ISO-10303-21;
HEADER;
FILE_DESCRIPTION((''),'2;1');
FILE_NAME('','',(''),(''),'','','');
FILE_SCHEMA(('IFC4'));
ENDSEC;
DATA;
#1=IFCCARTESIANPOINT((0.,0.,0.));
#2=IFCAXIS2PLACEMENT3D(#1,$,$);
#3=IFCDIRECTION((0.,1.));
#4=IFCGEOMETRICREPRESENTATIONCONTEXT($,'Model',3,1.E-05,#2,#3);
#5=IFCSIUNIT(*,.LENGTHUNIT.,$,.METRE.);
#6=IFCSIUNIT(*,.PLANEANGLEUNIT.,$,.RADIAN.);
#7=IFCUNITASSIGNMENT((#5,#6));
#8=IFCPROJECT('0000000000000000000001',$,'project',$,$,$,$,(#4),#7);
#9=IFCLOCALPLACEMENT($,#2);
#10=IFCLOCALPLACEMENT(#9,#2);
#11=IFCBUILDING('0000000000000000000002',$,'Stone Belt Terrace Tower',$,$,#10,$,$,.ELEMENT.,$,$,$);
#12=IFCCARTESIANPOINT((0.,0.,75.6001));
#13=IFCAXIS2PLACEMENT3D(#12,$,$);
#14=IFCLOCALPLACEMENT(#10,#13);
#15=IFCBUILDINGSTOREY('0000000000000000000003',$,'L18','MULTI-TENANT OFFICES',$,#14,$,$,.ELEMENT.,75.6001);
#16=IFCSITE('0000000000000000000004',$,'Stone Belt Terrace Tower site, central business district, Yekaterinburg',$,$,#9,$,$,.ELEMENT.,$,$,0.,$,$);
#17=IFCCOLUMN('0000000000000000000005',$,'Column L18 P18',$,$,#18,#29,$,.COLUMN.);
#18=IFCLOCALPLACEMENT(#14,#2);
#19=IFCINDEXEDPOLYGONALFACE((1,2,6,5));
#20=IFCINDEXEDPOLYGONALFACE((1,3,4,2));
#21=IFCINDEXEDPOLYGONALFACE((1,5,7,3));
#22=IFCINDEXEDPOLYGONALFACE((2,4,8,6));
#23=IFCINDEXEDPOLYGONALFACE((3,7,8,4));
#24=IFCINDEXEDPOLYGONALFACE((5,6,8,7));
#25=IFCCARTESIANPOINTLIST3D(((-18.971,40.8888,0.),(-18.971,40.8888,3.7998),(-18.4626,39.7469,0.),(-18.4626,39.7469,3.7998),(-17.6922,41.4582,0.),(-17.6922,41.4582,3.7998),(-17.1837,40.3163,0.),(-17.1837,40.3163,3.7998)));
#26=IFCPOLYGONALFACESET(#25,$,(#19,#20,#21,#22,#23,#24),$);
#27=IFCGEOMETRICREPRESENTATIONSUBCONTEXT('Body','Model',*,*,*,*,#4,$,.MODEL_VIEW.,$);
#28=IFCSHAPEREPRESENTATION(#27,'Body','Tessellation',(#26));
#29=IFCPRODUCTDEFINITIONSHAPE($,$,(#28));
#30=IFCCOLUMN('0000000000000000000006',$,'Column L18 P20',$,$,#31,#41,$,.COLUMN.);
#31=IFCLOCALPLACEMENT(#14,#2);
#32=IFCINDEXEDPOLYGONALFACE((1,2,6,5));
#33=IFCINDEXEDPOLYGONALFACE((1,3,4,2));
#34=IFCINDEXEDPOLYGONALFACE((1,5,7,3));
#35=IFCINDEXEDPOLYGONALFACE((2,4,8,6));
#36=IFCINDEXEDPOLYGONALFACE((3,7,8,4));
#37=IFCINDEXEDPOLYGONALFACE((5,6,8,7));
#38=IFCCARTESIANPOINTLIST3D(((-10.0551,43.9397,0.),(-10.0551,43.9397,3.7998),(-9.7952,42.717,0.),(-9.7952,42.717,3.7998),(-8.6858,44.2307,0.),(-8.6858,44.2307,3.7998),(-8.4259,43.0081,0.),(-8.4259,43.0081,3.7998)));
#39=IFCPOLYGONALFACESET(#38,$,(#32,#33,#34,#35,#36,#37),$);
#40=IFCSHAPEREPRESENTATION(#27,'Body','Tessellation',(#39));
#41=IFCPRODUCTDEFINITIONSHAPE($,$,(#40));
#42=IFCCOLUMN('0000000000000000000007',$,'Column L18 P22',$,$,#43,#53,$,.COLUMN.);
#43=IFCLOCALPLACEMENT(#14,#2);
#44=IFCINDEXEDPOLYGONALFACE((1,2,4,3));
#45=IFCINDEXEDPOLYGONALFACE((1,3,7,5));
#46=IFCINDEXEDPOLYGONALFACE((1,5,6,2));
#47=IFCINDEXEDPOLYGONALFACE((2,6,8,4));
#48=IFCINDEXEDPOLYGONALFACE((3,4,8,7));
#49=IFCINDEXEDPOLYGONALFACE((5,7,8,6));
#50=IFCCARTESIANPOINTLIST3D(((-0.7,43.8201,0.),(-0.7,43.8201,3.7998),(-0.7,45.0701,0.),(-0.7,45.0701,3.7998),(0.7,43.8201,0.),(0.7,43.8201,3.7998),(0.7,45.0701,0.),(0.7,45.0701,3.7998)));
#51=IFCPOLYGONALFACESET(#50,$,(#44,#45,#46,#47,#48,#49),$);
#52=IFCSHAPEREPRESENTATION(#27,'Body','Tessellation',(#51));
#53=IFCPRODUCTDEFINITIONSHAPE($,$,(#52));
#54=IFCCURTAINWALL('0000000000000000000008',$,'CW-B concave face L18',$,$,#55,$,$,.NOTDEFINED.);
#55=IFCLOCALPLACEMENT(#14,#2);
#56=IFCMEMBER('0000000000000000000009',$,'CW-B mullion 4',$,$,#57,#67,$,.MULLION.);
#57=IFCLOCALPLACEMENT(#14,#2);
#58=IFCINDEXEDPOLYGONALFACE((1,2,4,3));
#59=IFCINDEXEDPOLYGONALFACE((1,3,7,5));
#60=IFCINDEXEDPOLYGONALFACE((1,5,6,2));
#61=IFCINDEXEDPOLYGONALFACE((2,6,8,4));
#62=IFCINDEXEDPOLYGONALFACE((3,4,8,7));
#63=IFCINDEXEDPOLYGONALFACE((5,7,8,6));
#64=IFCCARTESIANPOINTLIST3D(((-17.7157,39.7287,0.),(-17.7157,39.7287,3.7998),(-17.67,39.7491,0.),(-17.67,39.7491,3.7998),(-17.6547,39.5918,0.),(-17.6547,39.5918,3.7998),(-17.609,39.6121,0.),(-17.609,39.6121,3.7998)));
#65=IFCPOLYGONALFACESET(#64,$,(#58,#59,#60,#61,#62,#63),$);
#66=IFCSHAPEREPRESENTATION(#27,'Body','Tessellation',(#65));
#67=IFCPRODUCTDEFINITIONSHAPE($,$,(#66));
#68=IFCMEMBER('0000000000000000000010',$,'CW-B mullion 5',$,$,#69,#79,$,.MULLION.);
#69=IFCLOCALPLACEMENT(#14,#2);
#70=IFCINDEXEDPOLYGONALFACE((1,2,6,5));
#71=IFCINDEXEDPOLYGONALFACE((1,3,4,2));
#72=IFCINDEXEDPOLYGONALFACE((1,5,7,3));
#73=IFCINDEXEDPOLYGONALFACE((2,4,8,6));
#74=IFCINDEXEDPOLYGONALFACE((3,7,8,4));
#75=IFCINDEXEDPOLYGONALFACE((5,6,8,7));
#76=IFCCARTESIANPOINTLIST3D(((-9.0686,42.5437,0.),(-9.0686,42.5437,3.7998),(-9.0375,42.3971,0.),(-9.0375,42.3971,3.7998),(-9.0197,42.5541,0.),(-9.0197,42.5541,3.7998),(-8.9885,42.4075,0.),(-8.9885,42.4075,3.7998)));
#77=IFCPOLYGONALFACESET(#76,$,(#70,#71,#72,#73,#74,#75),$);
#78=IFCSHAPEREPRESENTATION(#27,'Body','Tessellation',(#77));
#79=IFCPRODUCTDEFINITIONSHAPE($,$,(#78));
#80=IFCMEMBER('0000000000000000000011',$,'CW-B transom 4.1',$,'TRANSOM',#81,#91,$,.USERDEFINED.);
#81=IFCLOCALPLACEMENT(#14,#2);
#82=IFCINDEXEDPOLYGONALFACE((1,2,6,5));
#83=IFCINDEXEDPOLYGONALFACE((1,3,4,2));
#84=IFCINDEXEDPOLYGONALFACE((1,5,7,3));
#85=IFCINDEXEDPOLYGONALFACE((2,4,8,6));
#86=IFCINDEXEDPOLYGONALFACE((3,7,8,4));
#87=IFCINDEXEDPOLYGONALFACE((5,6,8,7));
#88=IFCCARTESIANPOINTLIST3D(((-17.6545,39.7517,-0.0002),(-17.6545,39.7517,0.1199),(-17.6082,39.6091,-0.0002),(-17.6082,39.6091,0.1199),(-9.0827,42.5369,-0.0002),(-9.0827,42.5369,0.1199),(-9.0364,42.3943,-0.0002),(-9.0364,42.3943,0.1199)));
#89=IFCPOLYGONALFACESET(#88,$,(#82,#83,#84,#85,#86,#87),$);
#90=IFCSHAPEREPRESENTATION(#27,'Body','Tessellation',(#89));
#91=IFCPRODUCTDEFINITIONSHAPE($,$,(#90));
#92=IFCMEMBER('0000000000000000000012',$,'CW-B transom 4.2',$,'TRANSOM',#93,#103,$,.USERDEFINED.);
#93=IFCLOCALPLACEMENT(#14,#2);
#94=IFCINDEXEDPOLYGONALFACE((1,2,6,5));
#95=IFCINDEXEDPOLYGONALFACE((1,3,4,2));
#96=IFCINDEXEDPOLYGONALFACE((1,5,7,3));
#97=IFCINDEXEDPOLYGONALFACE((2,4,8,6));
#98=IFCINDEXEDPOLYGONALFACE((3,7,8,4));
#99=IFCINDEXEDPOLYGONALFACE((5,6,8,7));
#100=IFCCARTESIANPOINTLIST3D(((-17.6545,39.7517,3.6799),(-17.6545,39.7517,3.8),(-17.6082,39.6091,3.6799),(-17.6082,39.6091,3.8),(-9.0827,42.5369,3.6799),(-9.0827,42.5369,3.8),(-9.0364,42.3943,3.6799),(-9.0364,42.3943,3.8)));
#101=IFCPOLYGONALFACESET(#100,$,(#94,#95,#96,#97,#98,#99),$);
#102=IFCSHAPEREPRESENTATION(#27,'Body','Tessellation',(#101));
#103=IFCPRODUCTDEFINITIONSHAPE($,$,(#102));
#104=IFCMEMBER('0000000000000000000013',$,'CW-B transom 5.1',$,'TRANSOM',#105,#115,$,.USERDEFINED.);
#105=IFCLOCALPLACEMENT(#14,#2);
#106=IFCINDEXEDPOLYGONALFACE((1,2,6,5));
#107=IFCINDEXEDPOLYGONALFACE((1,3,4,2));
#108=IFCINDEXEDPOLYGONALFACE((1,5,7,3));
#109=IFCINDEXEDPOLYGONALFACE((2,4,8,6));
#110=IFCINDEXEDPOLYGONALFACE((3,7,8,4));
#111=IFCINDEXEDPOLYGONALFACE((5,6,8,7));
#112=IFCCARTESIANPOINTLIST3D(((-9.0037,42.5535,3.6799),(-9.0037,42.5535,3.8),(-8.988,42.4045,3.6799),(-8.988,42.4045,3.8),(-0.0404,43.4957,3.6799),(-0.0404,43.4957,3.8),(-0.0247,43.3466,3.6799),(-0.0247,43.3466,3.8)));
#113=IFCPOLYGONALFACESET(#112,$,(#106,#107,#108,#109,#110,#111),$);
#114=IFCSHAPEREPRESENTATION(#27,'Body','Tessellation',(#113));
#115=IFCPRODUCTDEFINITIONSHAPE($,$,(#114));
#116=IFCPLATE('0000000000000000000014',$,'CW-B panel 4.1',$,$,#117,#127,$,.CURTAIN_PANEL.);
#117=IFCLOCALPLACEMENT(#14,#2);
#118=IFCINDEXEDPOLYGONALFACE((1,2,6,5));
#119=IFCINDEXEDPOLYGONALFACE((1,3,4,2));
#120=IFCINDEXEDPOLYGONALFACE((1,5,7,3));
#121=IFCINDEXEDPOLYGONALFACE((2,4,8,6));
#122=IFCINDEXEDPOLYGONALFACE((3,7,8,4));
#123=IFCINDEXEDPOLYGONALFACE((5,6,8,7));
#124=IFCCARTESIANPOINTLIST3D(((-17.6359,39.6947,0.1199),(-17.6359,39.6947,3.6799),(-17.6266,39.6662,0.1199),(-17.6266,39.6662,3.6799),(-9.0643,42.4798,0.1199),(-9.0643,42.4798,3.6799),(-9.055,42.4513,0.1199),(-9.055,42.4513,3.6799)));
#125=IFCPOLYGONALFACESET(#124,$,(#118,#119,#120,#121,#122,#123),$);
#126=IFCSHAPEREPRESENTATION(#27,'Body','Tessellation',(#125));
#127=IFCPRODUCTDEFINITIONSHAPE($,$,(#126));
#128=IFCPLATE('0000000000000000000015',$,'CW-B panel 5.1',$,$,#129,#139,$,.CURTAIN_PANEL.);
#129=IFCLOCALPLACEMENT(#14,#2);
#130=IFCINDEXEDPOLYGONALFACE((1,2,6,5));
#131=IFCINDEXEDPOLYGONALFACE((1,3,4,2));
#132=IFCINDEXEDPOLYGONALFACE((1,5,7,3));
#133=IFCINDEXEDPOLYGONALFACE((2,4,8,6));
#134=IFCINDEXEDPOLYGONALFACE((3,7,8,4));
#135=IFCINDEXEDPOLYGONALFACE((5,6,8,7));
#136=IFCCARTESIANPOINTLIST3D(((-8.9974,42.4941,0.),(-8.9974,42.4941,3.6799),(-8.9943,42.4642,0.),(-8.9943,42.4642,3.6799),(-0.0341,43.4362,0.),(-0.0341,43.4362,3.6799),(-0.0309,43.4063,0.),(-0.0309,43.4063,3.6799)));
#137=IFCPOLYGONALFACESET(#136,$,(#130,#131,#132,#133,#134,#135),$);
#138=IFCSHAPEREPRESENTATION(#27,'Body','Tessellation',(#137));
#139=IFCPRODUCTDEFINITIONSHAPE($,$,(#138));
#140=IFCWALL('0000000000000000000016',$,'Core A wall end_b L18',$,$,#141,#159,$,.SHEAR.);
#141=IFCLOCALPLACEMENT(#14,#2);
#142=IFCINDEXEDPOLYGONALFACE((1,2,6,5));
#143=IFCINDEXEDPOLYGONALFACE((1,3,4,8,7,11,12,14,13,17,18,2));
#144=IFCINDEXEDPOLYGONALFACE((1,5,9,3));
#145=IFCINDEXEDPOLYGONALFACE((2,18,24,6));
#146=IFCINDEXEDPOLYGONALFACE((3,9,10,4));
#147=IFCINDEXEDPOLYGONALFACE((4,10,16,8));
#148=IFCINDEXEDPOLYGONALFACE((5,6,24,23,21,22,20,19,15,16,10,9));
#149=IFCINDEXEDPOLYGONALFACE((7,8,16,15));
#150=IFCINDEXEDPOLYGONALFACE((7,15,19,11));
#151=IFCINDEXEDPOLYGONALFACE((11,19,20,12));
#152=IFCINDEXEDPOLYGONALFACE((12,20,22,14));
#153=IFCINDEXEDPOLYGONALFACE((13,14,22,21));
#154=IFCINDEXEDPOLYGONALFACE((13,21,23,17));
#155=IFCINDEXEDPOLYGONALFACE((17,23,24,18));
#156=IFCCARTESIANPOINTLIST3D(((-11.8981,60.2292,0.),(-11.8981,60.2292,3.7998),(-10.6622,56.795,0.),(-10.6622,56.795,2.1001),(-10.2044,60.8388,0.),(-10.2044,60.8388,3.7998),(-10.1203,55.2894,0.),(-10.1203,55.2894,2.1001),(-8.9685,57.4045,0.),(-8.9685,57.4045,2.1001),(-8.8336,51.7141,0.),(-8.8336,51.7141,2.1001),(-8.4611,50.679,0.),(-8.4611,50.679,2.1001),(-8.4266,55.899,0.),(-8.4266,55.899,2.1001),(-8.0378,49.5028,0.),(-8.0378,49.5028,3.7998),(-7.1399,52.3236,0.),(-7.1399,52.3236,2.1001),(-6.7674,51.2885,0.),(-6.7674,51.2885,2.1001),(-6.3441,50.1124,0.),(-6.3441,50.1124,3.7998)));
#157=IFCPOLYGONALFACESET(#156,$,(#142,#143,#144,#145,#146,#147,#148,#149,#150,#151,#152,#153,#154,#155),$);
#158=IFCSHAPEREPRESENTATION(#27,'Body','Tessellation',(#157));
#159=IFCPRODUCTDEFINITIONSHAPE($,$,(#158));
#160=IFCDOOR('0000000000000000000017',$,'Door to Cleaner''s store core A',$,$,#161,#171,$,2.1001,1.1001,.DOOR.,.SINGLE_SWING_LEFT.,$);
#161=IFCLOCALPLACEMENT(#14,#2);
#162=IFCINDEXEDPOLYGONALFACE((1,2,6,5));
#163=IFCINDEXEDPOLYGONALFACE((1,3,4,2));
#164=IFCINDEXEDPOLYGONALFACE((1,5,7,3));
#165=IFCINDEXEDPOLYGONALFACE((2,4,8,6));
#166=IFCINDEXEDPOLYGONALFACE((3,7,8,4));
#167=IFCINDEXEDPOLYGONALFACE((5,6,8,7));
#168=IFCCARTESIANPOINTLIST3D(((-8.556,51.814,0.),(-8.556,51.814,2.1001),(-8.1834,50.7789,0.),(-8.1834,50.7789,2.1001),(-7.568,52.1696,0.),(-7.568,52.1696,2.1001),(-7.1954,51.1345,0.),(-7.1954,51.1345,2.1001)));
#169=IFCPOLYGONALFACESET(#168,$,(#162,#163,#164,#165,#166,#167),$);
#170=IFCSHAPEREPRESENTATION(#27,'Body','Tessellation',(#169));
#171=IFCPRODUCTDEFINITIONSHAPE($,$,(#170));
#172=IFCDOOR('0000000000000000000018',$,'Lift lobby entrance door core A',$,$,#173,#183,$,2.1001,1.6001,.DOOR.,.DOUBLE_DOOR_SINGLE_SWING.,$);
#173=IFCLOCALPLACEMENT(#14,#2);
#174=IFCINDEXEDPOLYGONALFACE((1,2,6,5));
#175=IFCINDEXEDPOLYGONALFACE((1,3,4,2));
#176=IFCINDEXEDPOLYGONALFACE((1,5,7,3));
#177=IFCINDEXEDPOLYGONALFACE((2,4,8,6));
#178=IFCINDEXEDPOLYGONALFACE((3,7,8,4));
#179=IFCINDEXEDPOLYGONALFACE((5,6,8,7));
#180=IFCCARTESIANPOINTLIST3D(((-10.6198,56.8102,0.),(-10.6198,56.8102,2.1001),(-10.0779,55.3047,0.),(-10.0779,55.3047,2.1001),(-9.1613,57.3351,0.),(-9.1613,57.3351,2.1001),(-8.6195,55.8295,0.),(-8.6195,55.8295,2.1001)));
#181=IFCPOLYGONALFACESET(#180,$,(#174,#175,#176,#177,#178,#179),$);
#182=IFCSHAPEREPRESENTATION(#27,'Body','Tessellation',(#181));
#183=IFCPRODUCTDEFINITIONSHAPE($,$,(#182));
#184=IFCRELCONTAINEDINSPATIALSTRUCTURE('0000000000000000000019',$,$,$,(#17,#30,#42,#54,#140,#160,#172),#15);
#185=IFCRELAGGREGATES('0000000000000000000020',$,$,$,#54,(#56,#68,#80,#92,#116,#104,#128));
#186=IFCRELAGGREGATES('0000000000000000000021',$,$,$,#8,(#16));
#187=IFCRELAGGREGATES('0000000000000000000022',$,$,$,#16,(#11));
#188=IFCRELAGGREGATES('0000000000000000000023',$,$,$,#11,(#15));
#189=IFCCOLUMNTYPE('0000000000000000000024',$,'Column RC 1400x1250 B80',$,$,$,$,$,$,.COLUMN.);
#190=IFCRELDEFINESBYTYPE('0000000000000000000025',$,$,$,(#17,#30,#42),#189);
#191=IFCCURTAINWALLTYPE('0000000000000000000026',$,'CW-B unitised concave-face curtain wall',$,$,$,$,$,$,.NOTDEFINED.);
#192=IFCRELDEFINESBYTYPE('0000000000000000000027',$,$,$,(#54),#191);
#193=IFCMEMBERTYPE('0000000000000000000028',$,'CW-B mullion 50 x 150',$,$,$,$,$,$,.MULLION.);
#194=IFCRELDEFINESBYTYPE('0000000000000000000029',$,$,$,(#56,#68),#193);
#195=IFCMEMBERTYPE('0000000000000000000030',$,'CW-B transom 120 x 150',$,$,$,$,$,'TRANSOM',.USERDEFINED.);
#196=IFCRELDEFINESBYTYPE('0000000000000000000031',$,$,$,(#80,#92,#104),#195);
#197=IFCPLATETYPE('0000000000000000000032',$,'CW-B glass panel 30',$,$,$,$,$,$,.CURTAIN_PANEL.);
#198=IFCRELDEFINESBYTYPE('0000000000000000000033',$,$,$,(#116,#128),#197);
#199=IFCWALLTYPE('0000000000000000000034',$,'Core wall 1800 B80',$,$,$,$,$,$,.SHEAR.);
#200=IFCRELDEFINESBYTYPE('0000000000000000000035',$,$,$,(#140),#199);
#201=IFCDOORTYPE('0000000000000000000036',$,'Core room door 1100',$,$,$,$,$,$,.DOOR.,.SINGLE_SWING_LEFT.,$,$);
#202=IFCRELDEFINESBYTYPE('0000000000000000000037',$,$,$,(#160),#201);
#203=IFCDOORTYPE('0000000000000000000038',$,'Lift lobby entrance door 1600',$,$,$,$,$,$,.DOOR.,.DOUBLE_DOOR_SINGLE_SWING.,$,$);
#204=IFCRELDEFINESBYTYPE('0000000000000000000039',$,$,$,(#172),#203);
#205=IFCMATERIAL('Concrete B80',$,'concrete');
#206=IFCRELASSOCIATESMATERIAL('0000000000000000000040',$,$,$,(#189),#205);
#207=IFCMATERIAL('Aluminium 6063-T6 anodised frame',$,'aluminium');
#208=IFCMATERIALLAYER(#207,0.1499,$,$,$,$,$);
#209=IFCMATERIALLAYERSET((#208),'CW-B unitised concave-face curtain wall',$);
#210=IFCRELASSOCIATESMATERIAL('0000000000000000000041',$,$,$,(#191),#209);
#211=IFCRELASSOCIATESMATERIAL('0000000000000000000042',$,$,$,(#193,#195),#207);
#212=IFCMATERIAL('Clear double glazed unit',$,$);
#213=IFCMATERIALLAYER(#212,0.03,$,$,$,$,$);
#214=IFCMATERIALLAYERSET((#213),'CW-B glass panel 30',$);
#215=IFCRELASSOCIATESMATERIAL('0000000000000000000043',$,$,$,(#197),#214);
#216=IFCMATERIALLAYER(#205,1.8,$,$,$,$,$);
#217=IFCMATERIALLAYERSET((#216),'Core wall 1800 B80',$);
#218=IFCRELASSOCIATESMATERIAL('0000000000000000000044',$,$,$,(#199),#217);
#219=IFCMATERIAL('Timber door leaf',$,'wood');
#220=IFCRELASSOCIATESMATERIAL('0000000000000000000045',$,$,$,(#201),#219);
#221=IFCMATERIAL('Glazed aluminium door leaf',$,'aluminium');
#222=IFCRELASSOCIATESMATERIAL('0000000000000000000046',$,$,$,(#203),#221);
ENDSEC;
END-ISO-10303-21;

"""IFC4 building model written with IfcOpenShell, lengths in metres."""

from ifc_helpers import new_model, si_unit, direction, frame, frame_2d, origin, origin_2d, place, context, subcontext, project, spatial, rectangle, extrude, material, layer, layer_set, material_profile, profile_set, type_object, element, fill, aggregate, save


model = new_model("IFC4")

# Units and contexts
model_context = context("Model", 3, precision=1e-05, world=origin(), true_north=direction((0.0, 1.0)))
body_context = subcontext(model_context, "Body", "Model", "MODEL_VIEW")
ifc_project = project(units=[si_unit("LENGTHUNIT", "METRE"), si_unit("PLANEANGLEUNIT", "RADIAN")], contexts=[model_context])

# Site, building, storey
site_placement = place(None, origin())
site = spatial("IfcSite", under=ifc_project, at=site_placement, Name="Stone Belt Terrace Tower site, central business district, Yekaterinburg", CompositionType="ELEMENT", RefElevation=0.0)
building_placement = place(site_placement, origin())
building = spatial("IfcBuilding", under=site, at=building_placement, Name="Stone Belt Terrace Tower", CompositionType="ELEMENT")
storey_placement = place(building_placement, frame((0.0, 0.0, 75.6001)))
storey = spatial("IfcBuildingStorey", under=building, at=storey_placement, Name="L18", Description="MULTI-TENANT OFFICES", CompositionType="ELEMENT", Elevation=75.6001)

# Columns
ifc_material_1 = material(Name="Concrete B80", Category="concrete")
ifc_material_profile_1 = material_profile(ifc_material_1, rectangle(XDim=1.3999, YDim=1.25, at=origin_2d()), Name="RC 1400x1250")
ifc_profile_set_1 = profile_set([ifc_material_profile_1], Name="Concrete B80")
column_type = type_object("IfcColumnType", Name="Column RC 1400x1250 B80", PredefinedType="COLUMN", material=ifc_profile_set_1)
for number, where, z_axis, x_axis, name in (
    (1, (-18.0774, 40.6025, 0.0), (0.0, 0.0, 1.0), (0.913545, 0.406737, 0.0), "Column L18 P18"),
    (2, (-9.2405, 43.4739, 0.0), (0.0, 0.0, 1.0), (0.978148, 0.207912, 0.0), "Column L18 P20"),
    (3, (0.0, 44.4451, 0.0), (0.0, 0.0, 1.0), (1.0, 0.0, 0.0), "Column L18 P22"),
):
    element("IfcColumn", number, at=place(storey_placement, frame(where, z_axis=z_axis, x_axis=x_axis)), inside=storey, type_object=column_type, Name=name, PredefinedType="COLUMN", context=body_context, shape_type="SweptSolid", body=[
        extrude(rectangle(XDim=1.3999, YDim=1.25, at=origin_2d()), origin(), (0.0, 0.0, 1.0), 3.7998),
    ])

# Curtain wall, members, plates
ifc_material_2 = material(Name="Aluminium 6063-T6 anodised frame", Category="aluminium")
ifc_layer_1 = layer(ifc_material_2, 0.1499)
ifc_layer_set_1 = layer_set([ifc_layer_1], Name="CW-B unitised concave-face curtain wall")
curtain_wall_type = type_object("IfcCurtainWallType", Name="CW-B unitised concave-face curtain wall", PredefinedType="NOTDEFINED", material=ifc_layer_set_1)
curtain_wall_placement = place(storey_placement, origin())
curtain_wall = element("IfcCurtainWall", 4, at=curtain_wall_placement, inside=storey, type_object=curtain_wall_type, Name="CW-B concave face L18", PredefinedType="NOTDEFINED")
ifc_material_profile_2 = material_profile(ifc_material_2, rectangle(XDim=0.1499, YDim=0.05, at=origin_2d()), Name="Aluminium 6063-T6 50x150")
ifc_profile_set_2 = profile_set([ifc_material_profile_2], Name="Aluminium 6063-T6 anodised frame")
member_type_1 = type_object("IfcMemberType", Name="CW-B mullion 50 x 150", PredefinedType="MULLION", material=ifc_profile_set_2)
member_1_placement = place(storey_placement, frame((-17.6624, 39.6704, 0.0), z_axis=(0.0, 0.0, 1.0), x_axis=(-0.406737, 0.913545, 0.0)))
member_1 = element("IfcMember", 5, at=member_1_placement, type_object=member_type_1, Name="CW-B mullion 4", PredefinedType="MULLION", context=body_context, shape_type="SweptSolid", body=[
    extrude(rectangle(XDim=0.1499, YDim=0.05, at=origin_2d()), origin(), (0.0, 0.0, 1.0), 3.7998),
])
member_2_placement = place(storey_placement, frame((-9.0286, 42.4756, 0.0), z_axis=(0.0, 0.0, 1.0), x_axis=(-0.207912, 0.978148, 0.0)))
member_2 = element("IfcMember", 6, at=member_2_placement, type_object=member_type_1, Name="CW-B mullion 5", PredefinedType="MULLION", context=body_context, shape_type="SweptSolid", body=[
    extrude(rectangle(XDim=0.1499, YDim=0.05, at=origin_2d()), origin(), (0.0, 0.0, 1.0), 3.7998),
])
ifc_material_profile_3 = material_profile(ifc_material_2, rectangle(XDim=0.1499, YDim=0.1201, at=origin_2d()), Name="Aluminium 6063-T6 150x120")
ifc_profile_set_3 = profile_set([ifc_material_profile_3], Name="Aluminium 6063-T6 anodised frame")
member_type_2 = type_object("IfcMemberType", Name="CW-B transom 120 x 150", ElementType="TRANSOM", PredefinedType="USERDEFINED", material=ifc_profile_set_3)
member_3_placement = place(storey_placement, frame((-17.6313, 39.6804, 0.0598), z_axis=(0.951056, 0.309019, 0.0), x_axis=(-0.309019, 0.951056, 0.0)))
member_3 = element("IfcMember", 7, at=member_3_placement, type_object=member_type_2, Name="CW-B transom 4.1", ObjectType="TRANSOM", PredefinedType="USERDEFINED", context=body_context, shape_type="SweptSolid", body=[
    extrude(rectangle(XDim=0.1499, YDim=0.1201, at=origin_2d()), origin(), (0.0, 0.0, 1.0), 9.0129),
])
member_4_placement = place(storey_placement, frame((-17.6313, 39.6804, 3.74), z_axis=(0.951056, 0.309019, 0.0), x_axis=(-0.309019, 0.951056, 0.0)))
member_4 = element("IfcMember", 8, at=member_4_placement, type_object=member_type_2, Name="CW-B transom 4.2", ObjectType="TRANSOM", PredefinedType="USERDEFINED", context=body_context, shape_type="SweptSolid", body=[
    extrude(rectangle(XDim=0.1499, YDim=0.1201, at=origin_2d()), origin(), (0.0, 0.0, 1.0), 9.0129),
])
member_5_placement = place(storey_placement, frame((-8.9958, 42.479, 3.74), z_axis=(0.994521, 0.104534, 0.0), x_axis=(-0.104534, 0.994521, 0.0)))
member_5 = element("IfcMember", 9, at=member_5_placement, type_object=member_type_2, Name="CW-B transom 5.1", ObjectType="TRANSOM", PredefinedType="USERDEFINED", context=body_context, shape_type="SweptSolid", body=[
    extrude(rectangle(XDim=0.1499, YDim=0.1201, at=origin_2d()), origin(), (0.0, 0.0, 1.0), 9.0127),
])
ifc_material_3 = material(Name="Clear double glazed unit")
ifc_layer_2 = layer(ifc_material_3, 0.03)
ifc_layer_set_2 = layer_set([ifc_layer_2], Name="CW-B glass panel 30")
plate_type = type_object("IfcPlateType", Name="CW-B glass panel 30", PredefinedType="CURTAIN_PANEL", material=ifc_layer_set_2)
plate_1_placement = place(storey_placement, frame((-13.3455, 41.073, 0.1199), z_axis=(0.0, 0.0, 1.0), x_axis=(0.951057, 0.309017, 0.0)))
plate_1 = element("IfcPlate", 10, at=plate_1_placement, type_object=plate_type, Name="CW-B panel 4.1", PredefinedType="CURTAIN_PANEL", context=body_context, shape_type="SweptSolid", body=[
    extrude(rectangle(XDim=9.0127, YDim=0.03, at=origin_2d()), origin(), (0.0, 0.0, 1.0), 3.5601),
])
plate_2_placement = place(storey_placement, frame((-4.5142, 42.9502, 0.0), z_axis=(0.0, 0.0, 1.0), x_axis=(0.994522, 0.104528, 0.0)))
plate_2 = element("IfcPlate", 11, at=plate_2_placement, type_object=plate_type, Name="CW-B panel 5.1", PredefinedType="CURTAIN_PANEL", context=body_context, shape_type="SweptSolid", body=[
    extrude(rectangle(XDim=9.0127, YDim=0.03, at=origin_2d()), origin(), (0.0, 0.0, 1.0), 3.6799),
])
aggregate(curtain_wall, [member_1, member_2, member_3, member_4, plate_1, member_5, plate_2])

# Wall, openings, doors
ifc_layer_3 = layer(ifc_material_1, 1.8)
ifc_layer_set_3 = layer_set([ifc_layer_3], Name="Core wall 1800 B80")
wall_type_1 = type_object("IfcWallType", Name="Core wall 1800 B80", PredefinedType="SHEAR", material=ifc_layer_set_3)
wall_1_placement = place(storey_placement, frame((-7.1909, 49.8076, 0.0), z_axis=(0.0, 0.0, 1.0), x_axis=(-0.338632, 0.940919, 0.0)))
wall_1 = element("IfcWall", 12, at=wall_1_placement, inside=storey, type_object=wall_type_1, Name="Core A wall end_b L18", PredefinedType="SHEAR", context=body_context, shape_type="SweptSolid", body=[
    extrude(rectangle(XDim=11.3999, YDim=1.8, at=frame_2d((5.7, 0.0))), origin(), (0.0, 0.0, 1.0), 3.7998),
])
opening_1_placement = place(wall_1_placement, frame((6.1499, 0.0, 0.0)))
opening_1 = element("IfcOpeningElement", 13, at=opening_1_placement, cuts=wall_1, PredefinedType="OPENING", context=body_context, shape_type="SweptSolid", body=[
    extrude(rectangle(XDim=1.6001, YDim=2.1001, at=frame_2d((0.8, 1.05))), frame((0.0, 0.9099, 0.0), z_axis=(0.0, -1.0, 0.0), x_axis=(1.0, 0.0, 0.0)), (0.0, 0.0, 1.0), 1.8201),
])
opening_2_placement = place(wall_1_placement, frame((1.25, 0.0, 0.0)))
opening_2 = element("IfcOpeningElement", 14, at=opening_2_placement, cuts=wall_1, PredefinedType="OPENING", context=body_context, shape_type="SweptSolid", body=[
    extrude(rectangle(XDim=1.1001, YDim=2.1001, at=frame_2d((0.55, 1.05))), frame((0.0, 0.9099, 0.0), z_axis=(0.0, -1.0, 0.0), x_axis=(1.0, 0.0, 0.0)), (0.0, 0.0, 1.0), 1.8201),
])
ifc_material_4 = material(Name="Timber door leaf", Category="wood")
door_type_1 = type_object("IfcDoorType", Name="Core room door 1100", OperationType="SINGLE_SWING_LEFT", PredefinedType="DOOR", material=ifc_material_4)
door_1_placement = place(opening_2_placement, origin())
door_1 = element("IfcDoor", 15, at=door_1_placement, inside=storey, type_object=door_type_1, Name="Door to Cleaner's store core A", OperationType="SINGLE_SWING_LEFT", OverallHeight=2.1001, OverallWidth=1.1001, PredefinedType="DOOR", context=body_context, shape_type="SweptSolid", body=[
    extrude(rectangle(XDim=1.1001, YDim=2.1001, at=frame_2d((0.55, 1.05))), frame((0.0, 0.605, 0.0), z_axis=(0.0, -1.0, 0.0), x_axis=(1.0, 0.0, 0.0)), (0.0, 0.0, 1.0), 1.05),
])
fill(opening_2, door_1)
ifc_material_5 = material(Name="Glazed aluminium door leaf", Category="aluminium")
door_type_2 = type_object("IfcDoorType", Name="Lift lobby entrance door 1600", OperationType="DOUBLE_DOOR_SINGLE_SWING", PredefinedType="DOOR", material=ifc_material_5)
door_2_placement = place(opening_1_placement, origin())
door_2 = element("IfcDoor", 16, at=door_2_placement, inside=storey, type_object=door_type_2, Name="Lift lobby entrance door core A", OperationType="DOUBLE_DOOR_SINGLE_SWING", OverallHeight=2.1001, OverallWidth=1.6001, PredefinedType="DOOR", context=body_context, shape_type="SweptSolid", body=[
    extrude(rectangle(XDim=1.6001, YDim=2.1001, at=frame_2d((0.8, 1.05))), frame((0.0, 0.855, 0.0), z_axis=(0.0, -1.0, 0.0), x_axis=(1.0, 0.0, 0.0)), (0.0, 0.0, 1.0), 1.55),
])
fill(opening_1, door_2)

save(model, "model.ifc")
